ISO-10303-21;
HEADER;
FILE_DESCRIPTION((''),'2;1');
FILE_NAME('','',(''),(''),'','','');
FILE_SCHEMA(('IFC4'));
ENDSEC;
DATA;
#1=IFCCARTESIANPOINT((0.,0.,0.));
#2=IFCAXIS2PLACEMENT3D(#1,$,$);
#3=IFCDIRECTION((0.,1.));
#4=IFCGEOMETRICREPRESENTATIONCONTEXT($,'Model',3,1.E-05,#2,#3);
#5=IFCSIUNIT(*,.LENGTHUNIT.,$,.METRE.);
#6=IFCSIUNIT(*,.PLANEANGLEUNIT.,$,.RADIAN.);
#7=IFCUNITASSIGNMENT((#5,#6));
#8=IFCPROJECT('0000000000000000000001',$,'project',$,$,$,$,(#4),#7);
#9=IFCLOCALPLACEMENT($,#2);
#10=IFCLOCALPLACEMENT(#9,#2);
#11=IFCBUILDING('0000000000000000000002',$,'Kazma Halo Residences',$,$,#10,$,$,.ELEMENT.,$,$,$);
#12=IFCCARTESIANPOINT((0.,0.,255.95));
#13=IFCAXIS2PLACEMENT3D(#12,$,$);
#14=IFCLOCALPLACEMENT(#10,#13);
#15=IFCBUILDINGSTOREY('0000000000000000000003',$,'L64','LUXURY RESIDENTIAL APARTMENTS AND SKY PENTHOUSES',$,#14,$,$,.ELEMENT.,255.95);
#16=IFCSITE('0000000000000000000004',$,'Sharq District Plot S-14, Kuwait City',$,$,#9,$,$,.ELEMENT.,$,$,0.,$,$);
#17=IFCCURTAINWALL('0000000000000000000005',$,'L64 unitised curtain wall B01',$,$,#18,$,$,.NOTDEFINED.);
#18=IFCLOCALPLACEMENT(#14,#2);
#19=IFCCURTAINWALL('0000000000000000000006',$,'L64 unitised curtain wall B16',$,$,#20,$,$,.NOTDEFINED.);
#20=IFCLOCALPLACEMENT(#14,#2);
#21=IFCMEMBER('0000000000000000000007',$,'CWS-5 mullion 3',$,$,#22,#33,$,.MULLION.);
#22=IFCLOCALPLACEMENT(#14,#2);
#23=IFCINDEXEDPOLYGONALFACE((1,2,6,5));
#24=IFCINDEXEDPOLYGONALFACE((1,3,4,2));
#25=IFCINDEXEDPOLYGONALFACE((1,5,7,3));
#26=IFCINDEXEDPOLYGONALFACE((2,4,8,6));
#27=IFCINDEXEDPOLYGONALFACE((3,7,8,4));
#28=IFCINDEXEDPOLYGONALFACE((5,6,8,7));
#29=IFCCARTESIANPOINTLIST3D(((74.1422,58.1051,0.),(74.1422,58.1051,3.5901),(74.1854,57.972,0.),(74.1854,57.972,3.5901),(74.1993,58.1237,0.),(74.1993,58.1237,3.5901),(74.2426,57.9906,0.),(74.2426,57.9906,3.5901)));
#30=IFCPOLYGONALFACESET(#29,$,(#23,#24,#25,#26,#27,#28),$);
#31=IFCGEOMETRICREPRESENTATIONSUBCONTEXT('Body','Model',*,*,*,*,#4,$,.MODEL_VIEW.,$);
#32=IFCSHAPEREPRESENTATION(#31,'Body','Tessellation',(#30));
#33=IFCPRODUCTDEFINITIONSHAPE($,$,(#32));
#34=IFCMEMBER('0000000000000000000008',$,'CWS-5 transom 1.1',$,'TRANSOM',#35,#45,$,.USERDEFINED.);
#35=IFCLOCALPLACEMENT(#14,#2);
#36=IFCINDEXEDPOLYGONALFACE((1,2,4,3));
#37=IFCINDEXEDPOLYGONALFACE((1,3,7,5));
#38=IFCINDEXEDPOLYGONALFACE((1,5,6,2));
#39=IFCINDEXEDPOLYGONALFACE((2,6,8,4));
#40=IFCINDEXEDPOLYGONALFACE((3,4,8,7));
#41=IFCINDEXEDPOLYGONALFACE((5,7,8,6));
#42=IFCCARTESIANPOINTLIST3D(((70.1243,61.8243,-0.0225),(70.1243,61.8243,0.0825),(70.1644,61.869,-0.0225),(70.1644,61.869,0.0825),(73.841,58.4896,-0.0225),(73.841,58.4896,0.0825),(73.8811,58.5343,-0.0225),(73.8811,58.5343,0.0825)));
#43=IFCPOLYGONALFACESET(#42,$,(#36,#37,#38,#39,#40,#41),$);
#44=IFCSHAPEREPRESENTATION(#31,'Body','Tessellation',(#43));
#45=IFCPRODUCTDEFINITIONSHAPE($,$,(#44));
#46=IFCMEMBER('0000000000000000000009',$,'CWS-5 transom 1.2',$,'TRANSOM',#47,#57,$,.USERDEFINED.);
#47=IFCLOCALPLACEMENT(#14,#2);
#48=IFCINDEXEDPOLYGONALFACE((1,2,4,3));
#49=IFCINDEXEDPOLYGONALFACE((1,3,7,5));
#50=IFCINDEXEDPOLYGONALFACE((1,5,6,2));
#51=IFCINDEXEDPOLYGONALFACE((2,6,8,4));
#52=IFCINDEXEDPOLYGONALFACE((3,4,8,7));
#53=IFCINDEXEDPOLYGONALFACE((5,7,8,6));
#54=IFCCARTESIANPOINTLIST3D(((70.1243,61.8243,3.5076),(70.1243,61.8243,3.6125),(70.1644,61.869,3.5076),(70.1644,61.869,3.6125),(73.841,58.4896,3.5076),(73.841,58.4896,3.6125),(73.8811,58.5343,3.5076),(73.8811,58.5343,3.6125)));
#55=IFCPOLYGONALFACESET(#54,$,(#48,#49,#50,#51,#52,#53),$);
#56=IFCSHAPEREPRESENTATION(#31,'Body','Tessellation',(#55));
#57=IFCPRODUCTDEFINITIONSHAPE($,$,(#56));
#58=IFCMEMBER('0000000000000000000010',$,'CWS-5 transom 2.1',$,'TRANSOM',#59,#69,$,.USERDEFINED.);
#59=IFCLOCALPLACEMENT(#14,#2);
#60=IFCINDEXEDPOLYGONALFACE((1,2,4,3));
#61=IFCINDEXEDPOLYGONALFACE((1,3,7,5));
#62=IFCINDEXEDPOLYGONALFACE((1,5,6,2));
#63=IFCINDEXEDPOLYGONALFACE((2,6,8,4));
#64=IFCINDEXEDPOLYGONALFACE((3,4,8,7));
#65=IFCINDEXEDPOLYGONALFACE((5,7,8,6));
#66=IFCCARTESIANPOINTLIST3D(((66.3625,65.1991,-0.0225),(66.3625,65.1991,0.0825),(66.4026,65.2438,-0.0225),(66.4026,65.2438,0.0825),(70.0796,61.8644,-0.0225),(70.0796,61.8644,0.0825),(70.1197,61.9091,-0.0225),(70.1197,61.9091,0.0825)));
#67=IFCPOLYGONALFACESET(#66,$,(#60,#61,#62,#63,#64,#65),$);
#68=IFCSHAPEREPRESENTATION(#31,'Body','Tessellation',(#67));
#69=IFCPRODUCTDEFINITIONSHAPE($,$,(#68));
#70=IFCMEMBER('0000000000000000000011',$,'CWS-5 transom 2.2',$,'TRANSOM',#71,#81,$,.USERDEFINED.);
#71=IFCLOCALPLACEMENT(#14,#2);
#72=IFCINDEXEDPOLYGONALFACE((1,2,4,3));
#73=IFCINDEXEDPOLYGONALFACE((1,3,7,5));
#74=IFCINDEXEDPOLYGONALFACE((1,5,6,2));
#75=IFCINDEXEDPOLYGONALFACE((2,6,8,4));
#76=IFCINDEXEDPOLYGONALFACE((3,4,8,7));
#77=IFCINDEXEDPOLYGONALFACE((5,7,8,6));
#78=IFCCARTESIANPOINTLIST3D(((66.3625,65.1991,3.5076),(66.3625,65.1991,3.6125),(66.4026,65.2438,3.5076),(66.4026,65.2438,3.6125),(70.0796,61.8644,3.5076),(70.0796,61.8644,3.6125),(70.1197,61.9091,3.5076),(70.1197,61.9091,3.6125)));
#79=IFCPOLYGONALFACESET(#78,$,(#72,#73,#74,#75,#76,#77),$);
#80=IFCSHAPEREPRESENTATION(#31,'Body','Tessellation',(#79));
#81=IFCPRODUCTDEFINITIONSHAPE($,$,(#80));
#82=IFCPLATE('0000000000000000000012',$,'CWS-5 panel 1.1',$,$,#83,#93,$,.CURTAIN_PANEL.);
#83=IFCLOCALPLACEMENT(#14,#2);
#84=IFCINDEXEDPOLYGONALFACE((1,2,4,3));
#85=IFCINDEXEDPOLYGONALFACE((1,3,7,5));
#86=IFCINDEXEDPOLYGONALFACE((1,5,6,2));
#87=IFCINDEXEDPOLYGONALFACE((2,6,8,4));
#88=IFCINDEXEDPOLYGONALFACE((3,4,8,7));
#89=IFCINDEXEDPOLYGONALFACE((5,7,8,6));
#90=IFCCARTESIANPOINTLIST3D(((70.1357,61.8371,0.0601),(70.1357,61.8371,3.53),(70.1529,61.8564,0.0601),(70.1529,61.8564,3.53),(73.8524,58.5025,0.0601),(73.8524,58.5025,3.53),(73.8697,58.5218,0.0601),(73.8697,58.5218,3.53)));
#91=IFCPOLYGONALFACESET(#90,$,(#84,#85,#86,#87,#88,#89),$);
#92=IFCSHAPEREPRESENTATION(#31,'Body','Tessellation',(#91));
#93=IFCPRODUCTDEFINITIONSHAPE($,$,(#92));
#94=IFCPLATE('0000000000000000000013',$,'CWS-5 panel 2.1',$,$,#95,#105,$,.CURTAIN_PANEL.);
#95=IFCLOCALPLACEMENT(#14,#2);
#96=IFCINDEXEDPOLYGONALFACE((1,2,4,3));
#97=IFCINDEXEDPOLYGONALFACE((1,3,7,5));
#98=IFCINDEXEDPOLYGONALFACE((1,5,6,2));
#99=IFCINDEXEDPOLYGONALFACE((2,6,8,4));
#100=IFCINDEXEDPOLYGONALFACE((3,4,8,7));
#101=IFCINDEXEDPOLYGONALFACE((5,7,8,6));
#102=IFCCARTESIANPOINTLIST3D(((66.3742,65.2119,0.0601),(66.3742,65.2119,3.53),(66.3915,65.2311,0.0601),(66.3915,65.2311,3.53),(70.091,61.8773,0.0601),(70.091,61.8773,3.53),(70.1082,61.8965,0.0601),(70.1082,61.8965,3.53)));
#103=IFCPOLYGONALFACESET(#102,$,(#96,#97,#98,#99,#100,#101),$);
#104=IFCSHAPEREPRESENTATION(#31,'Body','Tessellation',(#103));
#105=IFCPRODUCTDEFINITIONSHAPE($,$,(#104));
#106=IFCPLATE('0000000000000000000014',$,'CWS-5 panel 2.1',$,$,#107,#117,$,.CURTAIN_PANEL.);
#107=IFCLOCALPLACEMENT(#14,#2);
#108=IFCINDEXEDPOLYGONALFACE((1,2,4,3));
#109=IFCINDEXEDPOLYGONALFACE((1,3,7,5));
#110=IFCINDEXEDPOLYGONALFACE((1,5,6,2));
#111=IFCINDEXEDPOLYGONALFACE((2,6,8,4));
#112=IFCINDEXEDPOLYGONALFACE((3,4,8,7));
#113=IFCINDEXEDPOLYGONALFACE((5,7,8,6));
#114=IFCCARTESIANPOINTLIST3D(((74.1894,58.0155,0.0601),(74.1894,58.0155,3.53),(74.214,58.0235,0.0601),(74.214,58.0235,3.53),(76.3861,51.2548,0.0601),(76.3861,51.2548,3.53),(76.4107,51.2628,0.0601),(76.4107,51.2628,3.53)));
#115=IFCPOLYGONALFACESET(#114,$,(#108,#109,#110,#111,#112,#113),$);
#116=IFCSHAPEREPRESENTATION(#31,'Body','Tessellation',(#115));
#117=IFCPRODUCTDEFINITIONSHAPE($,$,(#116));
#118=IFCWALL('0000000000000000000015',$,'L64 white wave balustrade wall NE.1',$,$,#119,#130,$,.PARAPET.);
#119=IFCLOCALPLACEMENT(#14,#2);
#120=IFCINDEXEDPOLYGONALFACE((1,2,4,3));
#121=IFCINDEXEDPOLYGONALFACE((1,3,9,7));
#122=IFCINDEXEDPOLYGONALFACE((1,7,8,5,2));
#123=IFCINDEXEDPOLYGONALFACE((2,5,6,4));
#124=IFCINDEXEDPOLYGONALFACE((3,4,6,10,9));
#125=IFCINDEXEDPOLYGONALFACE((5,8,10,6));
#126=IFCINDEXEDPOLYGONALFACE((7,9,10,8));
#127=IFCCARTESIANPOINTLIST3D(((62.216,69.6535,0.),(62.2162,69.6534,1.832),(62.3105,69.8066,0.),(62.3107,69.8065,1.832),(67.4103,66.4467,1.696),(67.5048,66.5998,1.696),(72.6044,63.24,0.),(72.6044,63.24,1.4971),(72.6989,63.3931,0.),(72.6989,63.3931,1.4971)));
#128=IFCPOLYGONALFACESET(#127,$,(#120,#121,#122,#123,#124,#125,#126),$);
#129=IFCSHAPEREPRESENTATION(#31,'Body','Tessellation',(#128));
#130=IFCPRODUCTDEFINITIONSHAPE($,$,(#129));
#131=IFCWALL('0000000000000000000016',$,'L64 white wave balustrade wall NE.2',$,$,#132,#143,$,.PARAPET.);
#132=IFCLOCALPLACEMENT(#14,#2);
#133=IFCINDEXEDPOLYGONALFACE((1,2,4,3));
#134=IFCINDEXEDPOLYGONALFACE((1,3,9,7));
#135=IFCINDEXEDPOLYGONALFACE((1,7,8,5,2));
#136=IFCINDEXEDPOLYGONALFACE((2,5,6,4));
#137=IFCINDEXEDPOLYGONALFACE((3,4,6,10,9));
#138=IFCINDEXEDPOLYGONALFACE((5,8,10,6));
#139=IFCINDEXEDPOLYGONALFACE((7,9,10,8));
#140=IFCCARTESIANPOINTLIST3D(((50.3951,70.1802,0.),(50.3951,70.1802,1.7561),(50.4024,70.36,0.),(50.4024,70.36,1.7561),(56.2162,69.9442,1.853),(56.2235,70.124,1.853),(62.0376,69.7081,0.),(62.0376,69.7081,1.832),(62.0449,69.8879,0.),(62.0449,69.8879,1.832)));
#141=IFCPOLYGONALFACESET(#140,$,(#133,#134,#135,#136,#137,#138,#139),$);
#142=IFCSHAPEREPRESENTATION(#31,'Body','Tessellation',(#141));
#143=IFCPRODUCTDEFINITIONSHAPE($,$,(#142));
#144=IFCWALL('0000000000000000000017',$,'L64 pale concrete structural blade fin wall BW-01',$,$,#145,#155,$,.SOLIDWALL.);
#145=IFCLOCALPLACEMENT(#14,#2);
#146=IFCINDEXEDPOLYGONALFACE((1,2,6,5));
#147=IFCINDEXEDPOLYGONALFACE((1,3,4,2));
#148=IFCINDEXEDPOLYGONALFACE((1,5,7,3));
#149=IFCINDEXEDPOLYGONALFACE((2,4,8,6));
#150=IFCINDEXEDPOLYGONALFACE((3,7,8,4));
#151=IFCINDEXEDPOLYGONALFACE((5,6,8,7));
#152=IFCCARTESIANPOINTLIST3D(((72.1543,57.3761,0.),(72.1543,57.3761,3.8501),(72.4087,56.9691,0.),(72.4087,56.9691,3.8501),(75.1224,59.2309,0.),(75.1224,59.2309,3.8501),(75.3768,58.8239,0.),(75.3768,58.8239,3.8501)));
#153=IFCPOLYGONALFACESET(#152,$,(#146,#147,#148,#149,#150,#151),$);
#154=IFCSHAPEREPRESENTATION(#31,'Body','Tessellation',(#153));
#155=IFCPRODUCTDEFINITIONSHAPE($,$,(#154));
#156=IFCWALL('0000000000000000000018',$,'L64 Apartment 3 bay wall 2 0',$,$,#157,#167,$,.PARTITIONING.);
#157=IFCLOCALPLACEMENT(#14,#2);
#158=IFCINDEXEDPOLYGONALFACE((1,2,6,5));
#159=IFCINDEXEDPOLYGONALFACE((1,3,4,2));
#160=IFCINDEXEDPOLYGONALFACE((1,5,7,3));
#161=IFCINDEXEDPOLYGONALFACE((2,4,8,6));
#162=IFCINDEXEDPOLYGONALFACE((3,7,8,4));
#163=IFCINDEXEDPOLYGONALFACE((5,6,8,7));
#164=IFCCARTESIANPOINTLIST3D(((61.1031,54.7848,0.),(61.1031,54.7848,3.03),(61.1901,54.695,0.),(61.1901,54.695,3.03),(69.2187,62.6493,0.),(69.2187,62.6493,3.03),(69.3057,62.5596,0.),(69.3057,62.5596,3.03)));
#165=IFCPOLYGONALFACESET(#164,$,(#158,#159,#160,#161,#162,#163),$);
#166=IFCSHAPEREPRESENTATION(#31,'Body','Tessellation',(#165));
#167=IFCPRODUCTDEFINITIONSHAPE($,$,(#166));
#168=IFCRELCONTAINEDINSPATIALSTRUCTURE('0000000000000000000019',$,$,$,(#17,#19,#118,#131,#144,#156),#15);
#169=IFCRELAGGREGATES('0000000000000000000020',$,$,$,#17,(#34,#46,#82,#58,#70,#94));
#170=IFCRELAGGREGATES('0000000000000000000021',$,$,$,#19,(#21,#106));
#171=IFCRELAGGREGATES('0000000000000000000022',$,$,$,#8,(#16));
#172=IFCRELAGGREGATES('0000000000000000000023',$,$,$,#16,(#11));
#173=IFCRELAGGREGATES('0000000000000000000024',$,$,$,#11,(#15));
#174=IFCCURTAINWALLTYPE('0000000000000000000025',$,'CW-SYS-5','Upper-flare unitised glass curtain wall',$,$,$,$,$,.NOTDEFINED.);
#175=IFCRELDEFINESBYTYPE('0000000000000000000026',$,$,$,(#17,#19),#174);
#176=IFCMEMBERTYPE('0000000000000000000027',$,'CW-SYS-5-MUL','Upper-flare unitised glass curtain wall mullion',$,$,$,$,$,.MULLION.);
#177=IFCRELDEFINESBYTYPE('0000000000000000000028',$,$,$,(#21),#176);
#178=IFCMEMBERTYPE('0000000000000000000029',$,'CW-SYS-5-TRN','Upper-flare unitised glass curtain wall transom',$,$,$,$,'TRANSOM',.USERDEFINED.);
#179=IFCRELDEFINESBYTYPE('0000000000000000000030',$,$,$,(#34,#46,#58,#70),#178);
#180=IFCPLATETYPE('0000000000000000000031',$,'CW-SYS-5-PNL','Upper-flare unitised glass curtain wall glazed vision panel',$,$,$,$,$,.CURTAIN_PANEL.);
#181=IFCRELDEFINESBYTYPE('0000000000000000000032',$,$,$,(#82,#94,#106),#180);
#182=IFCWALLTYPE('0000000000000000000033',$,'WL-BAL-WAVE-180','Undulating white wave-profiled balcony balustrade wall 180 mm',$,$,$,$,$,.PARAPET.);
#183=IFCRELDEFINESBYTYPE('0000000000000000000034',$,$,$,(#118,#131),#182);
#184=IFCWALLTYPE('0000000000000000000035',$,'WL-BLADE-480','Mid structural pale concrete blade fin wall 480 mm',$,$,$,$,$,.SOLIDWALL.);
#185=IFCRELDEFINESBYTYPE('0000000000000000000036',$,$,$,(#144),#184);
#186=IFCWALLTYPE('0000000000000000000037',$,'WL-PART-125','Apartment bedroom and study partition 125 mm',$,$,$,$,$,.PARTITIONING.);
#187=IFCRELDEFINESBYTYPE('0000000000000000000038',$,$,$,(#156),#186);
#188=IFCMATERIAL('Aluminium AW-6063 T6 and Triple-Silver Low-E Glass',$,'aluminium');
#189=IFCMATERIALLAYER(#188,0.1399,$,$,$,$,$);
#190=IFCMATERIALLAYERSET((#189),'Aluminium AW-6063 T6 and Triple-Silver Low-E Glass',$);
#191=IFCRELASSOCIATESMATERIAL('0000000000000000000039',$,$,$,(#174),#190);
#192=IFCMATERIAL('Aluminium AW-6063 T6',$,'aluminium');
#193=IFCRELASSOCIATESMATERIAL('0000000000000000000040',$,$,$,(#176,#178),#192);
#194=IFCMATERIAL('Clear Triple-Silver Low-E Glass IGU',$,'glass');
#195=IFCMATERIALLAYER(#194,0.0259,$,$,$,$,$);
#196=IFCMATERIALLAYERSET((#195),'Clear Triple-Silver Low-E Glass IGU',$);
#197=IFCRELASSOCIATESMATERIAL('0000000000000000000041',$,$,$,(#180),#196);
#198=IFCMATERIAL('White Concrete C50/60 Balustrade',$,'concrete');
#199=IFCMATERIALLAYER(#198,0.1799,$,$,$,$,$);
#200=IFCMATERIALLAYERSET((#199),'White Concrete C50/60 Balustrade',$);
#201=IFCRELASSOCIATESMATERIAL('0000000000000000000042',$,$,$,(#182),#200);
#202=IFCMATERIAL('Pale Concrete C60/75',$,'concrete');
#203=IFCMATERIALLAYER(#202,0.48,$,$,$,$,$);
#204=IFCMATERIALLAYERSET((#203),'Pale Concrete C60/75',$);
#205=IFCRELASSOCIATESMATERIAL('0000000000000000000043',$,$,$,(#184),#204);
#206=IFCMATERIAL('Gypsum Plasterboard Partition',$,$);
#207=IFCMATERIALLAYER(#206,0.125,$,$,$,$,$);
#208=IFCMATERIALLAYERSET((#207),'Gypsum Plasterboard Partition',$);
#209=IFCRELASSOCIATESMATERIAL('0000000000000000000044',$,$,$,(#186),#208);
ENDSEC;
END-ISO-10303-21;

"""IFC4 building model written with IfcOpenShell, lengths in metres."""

from ifc_helpers import new_model, si_unit, direction, frame, frame_2d, origin, origin_2d, place, context, subcontext, project, spatial, polyline, rectangle, outline, extrude, material, layer, layer_set, material_profile, profile_set, type_object, element, aggregate, save


model = new_model("IFC4")

# Units and contexts
model_context = context("Model", 3, precision=1e-05, world=origin(), true_north=direction((0.0, 1.0)))
body_context = subcontext(model_context, "Body", "Model", "MODEL_VIEW")
ifc_project = project(units=[si_unit("LENGTHUNIT", "METRE"), si_unit("PLANEANGLEUNIT", "RADIAN")], contexts=[model_context])

# Site, building, storey
site_placement = place(None, origin())
site = spatial("IfcSite", under=ifc_project, at=site_placement, Name="Sharq District Plot S-14, Kuwait City", CompositionType="ELEMENT", RefElevation=0.0)
building_placement = place(site_placement, origin())
building = spatial("IfcBuilding", under=site, at=building_placement, Name="Kazma Halo Residences", CompositionType="ELEMENT")
storey_placement = place(building_placement, frame((0.0, 0.0, 255.95)))
storey = spatial("IfcBuildingStorey", under=building, at=storey_placement, Name="L64", Description="LUXURY RESIDENTIAL APARTMENTS AND SKY PENTHOUSES", CompositionType="ELEMENT", Elevation=255.95)

# Curtain wall
ifc_material_1 = material(Name="Aluminium AW-6063 T6 and Triple-Silver Low-E Glass", Category="aluminium")
ifc_layer_1 = layer(ifc_material_1, 0.1399)
ifc_layer_set_1 = layer_set([ifc_layer_1], Name="Aluminium AW-6063 T6 and Triple-Silver Low-E Glass")
curtain_wall_type = type_object("IfcCurtainWallType", Name="CW-SYS-5", Description="Upper-flare unitised glass curtain wall", PredefinedType="NOTDEFINED", material=ifc_layer_set_1)
curtain_wall_1_placement = place(storey_placement, origin())
curtain_wall_1 = element("IfcCurtainWall", 1, at=curtain_wall_1_placement, inside=storey, type_object=curtain_wall_type, Name="L64 unitised curtain wall B01", PredefinedType="NOTDEFINED")
ifc_material_2 = material(Name="Aluminium AW-6063 T6", Category="aluminium")
ifc_material_profile_1 = material_profile(ifc_material_2, rectangle(XDim=0.0601, YDim=0.1399, at=origin_2d()), Name="CWM-60x140")
ifc_profile_set_1 = profile_set([ifc_material_profile_1], Name="Aluminium AW-6063 T6")
member_type_1 = type_object("IfcMemberType", Name="CW-SYS-5-MUL", Description="Upper-flare unitised glass curtain wall mullion", PredefinedType="MULLION", material=ifc_profile_set_1)

# Curtain wall, member
curtain_wall_2_placement = place(storey_placement, origin())
curtain_wall_2 = element("IfcCurtainWall", 2, at=curtain_wall_2_placement, inside=storey, type_object=curtain_wall_type, Name="L64 unitised curtain wall B16", PredefinedType="NOTDEFINED")
member_1_placement = place(storey_placement, frame((74.1924, 58.0479, 0.0), z_axis=(0.0, 0.0, 1.0), x_axis=(-0.951058, -0.309011, 0.0)))
member_1 = element("IfcMember", 3, at=member_1_placement, type_object=member_type_1, Name="CWS-5 mullion 3", PredefinedType="MULLION", context=body_context, shape_type="SweptSolid", body=[
    extrude(rectangle(XDim=0.0601, YDim=0.1399, at=origin_2d()), origin(), (0.0, 0.0, 1.0), 3.5901),
])

# Members
ifc_material_profile_2 = material_profile(ifc_material_2, rectangle(XDim=0.0601, YDim=0.105, at=origin_2d()), Name="CWT-60x105")
ifc_profile_set_2 = profile_set([ifc_material_profile_2], Name="Aluminium AW-6063 T6")
member_type_2 = type_object("IfcMemberType", Name="CW-SYS-5-TRN", Description="Upper-flare unitised glass curtain wall transom", ElementType="TRANSOM", PredefinedType="USERDEFINED", material=ifc_profile_set_2)
member_2_placement = place(storey_placement, frame((73.8611, 58.512, 0.03), z_axis=(-0.744329, 0.667813, 0.0), x_axis=(-0.667813, -0.744329, 0.0)))
member_2 = element("IfcMember", 4, at=member_2_placement, type_object=member_type_2, Name="CWS-5 transom 1.1", ObjectType="TRANSOM", PredefinedType="USERDEFINED", context=body_context, shape_type="SweptSolid", body=[
    extrude(rectangle(XDim=0.0601, YDim=0.105, at=origin_2d()), origin(), (0.0, 0.0, 1.0), 4.9934),
])
member_3_placement = place(storey_placement, frame((73.8611, 58.512, 3.5601), z_axis=(-0.744329, 0.667813, 0.0), x_axis=(-0.667813, -0.744329, 0.0)))
member_3 = element("IfcMember", 5, at=member_3_placement, type_object=member_type_2, Name="CWS-5 transom 1.2", ObjectType="TRANSOM", PredefinedType="USERDEFINED", context=body_context, shape_type="SweptSolid", body=[
    extrude(rectangle(XDim=0.0601, YDim=0.105, at=origin_2d()), origin(), (0.0, 0.0, 1.0), 4.9934),
])
member_4_placement = place(storey_placement, frame((70.0996, 61.8867, 0.03), z_axis=(-0.744351, 0.667789, 0.0), x_axis=(-0.667789, -0.744351, 0.0)))
member_4 = element("IfcMember", 6, at=member_4_placement, type_object=member_type_2, Name="CWS-5 transom 2.1", ObjectType="TRANSOM", PredefinedType="USERDEFINED", context=body_context, shape_type="SweptSolid", body=[
    extrude(rectangle(XDim=0.0601, YDim=0.105, at=origin_2d()), origin(), (0.0, 0.0, 1.0), 4.9937),
])
member_5_placement = place(storey_placement, frame((70.0996, 61.8867, 3.5601), z_axis=(-0.744351, 0.667789, 0.0), x_axis=(-0.667789, -0.744351, 0.0)))
member_5 = element("IfcMember", 7, at=member_5_placement, type_object=member_type_2, Name="CWS-5 transom 2.2", ObjectType="TRANSOM", PredefinedType="USERDEFINED", context=body_context, shape_type="SweptSolid", body=[
    extrude(rectangle(XDim=0.0601, YDim=0.105, at=origin_2d()), origin(), (0.0, 0.0, 1.0), 4.9937),
])

# Plates
ifc_material_3 = material(Name="Clear Triple-Silver Low-E Glass IGU", Category="glass")
ifc_layer_2 = layer(ifc_material_3, 0.0259)
ifc_layer_set_2 = layer_set([ifc_layer_2], Name="Clear Triple-Silver Low-E Glass IGU")
plate_type = type_object("IfcPlateType", Name="CW-SYS-5-PNL", Description="Upper-flare unitised glass curtain wall glazed vision panel", PredefinedType="CURTAIN_PANEL", material=ifc_layer_set_2)
plate_1_placement = place(storey_placement, frame((72.0027, 60.1794, 0.0601), z_axis=(0.0, 0.0, 1.0), x_axis=(-0.744336, 0.667805, 0.0)))
plate_1 = element("IfcPlate", 8, at=plate_1_placement, type_object=plate_type, Name="CWS-5 panel 1.1", PredefinedType="CURTAIN_PANEL", context=body_context, shape_type="SweptSolid", body=[
    extrude(rectangle(XDim=4.9934, YDim=0.0259, at=origin_2d()), origin(), (0.0, 0.0, 1.0), 3.47),
])
plate_2_placement = place(storey_placement, frame((68.2412, 63.5542, 0.0601), z_axis=(0.0, 0.0, 1.0), x_axis=(-0.744336, 0.667805, 0.0)))
plate_2 = element("IfcPlate", 9, at=plate_2_placement, type_object=plate_type, Name="CWS-5 panel 2.1", PredefinedType="CURTAIN_PANEL", context=body_context, shape_type="SweptSolid", body=[
    extrude(rectangle(XDim=4.9934, YDim=0.0259, at=origin_2d()), origin(), (0.0, 0.0, 1.0), 3.47),
])
aggregate(curtain_wall_1, [member_2, member_3, plate_1, member_4, member_5, plate_2])
plate_3_placement = place(storey_placement, frame((75.3, 54.6392, 0.0601), z_axis=(0.0, 0.0, 1.0), x_axis=(-0.309011, 0.951058, 0.0)))
plate_3 = element("IfcPlate", 10, at=plate_3_placement, type_object=plate_type, Name="CWS-5 panel 2.1", PredefinedType="CURTAIN_PANEL", context=body_context, shape_type="SweptSolid", body=[
    extrude(rectangle(XDim=7.1086, YDim=0.0259, at=origin_2d()), origin(), (0.0, 0.0, 1.0), 3.47),
])
aggregate(curtain_wall_2, [member_1, plate_3])

# Walls
ifc_material_4 = material(Name="White Concrete C50/60 Balustrade", Category="concrete")
ifc_layer_3 = layer(ifc_material_4, 0.1799)
ifc_layer_set_3 = layer_set([ifc_layer_3], Name="White Concrete C50/60 Balustrade")
wall_type_1 = type_object("IfcWallType", Name="WL-BAL-WAVE-180", Description="Undulating white wave-profiled balcony balustrade wall 180 mm", PredefinedType="PARAPET", material=ifc_layer_set_3)
wall_1_placement = place(storey_placement, frame((72.6516, 63.3164, 0.0), z_axis=(0.0, 0.0, 1.0), x_axis=(-0.850901, 0.525326, 0.0)))
element("IfcWall", 11, at=wall_1_placement, inside=storey, type_object=wall_type_1, Name="L64 white wave balustrade wall NE.1", PredefinedType="PARAPET", context=body_context, shape_type="SweptSolid", body=[
    extrude(outline(polyline([(0.0, 0.0), (12.2087, 0.0), (12.2085, 1.832), (6.1042, 1.696), (0.0, 1.4971), (0.0, 0.0)])), frame((0.0, 0.0898, 0.0), z_axis=(0.0, -1.0, 0.0), x_axis=(1.0, 0.0, 0.0)), (0.0, 0.0, 1.0), 0.1799),
])
wall_2_placement = place(storey_placement, frame((62.0413, 69.7979, 0.0), z_axis=(0.0, 0.0, 1.0), x_axis=(-0.999179, 0.040522, 0.0)))
element("IfcWall", 12, at=wall_2_placement, inside=storey, type_object=wall_type_1, Name="L64 white wave balustrade wall NE.2", PredefinedType="PARAPET", context=body_context, shape_type="SweptSolid", body=[
    extrude(outline(polyline([(0.0, 0.0), (11.6521, 0.0), (11.6521, 1.7561), (5.8262, 1.853), (0.0, 1.832), (0.0, 0.0)])), frame((0.0, 0.0898, 0.0), z_axis=(0.0, -1.0, 0.0), x_axis=(1.0, 0.0, 0.0)), (0.0, 0.0, 1.0), 0.1799),
])
ifc_material_5 = material(Name="Pale Concrete C60/75", Category="concrete")
ifc_layer_4 = layer(ifc_material_5, 0.48)
ifc_layer_set_4 = layer_set([ifc_layer_4], Name="Pale Concrete C60/75")
wall_type_2 = type_object("IfcWallType", Name="WL-BLADE-480", Description="Mid structural pale concrete blade fin wall 480 mm", PredefinedType="SOLIDWALL", material=ifc_layer_set_4)
wall_3_placement = place(storey_placement, frame((72.2815, 57.1726, 0.0), z_axis=(0.0, 0.0, 1.0), x_axis=(0.848034, 0.529943, 0.0)))
element("IfcWall", 13, at=wall_3_placement, inside=storey, type_object=wall_type_2, Name="L64 pale concrete structural blade fin wall BW-01", PredefinedType="SOLIDWALL", context=body_context, shape_type="SweptSolid", body=[
    extrude(rectangle(XDim=3.5, YDim=0.48, at=frame_2d((1.75, 0.0))), origin(), (0.0, 0.0, 1.0), 3.8501),
])

# Wall
ifc_material_6 = material(Name="Gypsum Plasterboard Partition")
ifc_layer_5 = layer(ifc_material_6, 0.125)
ifc_layer_set_5 = layer_set([ifc_layer_5], Name="Gypsum Plasterboard Partition")
wall_type_3 = type_object("IfcWallType", Name="WL-PART-125", Description="Apartment bedroom and study partition 125 mm", PredefinedType="PARTITIONING", material=ifc_layer_set_5)
wall_4_placement = place(storey_placement, frame((61.1467, 54.74, 0.0), z_axis=(0.0, 0.0, 1.0), x_axis=(0.718124, 0.695915, 0.0)))
element("IfcWall", 14, at=wall_4_placement, inside=storey, type_object=wall_type_3, Name="L64 Apartment 3 bay wall 2 0", PredefinedType="PARTITIONING", context=body_context, shape_type="SweptSolid", body=[
    extrude(rectangle(XDim=11.301, YDim=0.125, at=frame_2d((5.6504, 0.0))), origin(), (0.0, 0.0, 1.0), 3.03),
])

save(model, "model.ifc")
